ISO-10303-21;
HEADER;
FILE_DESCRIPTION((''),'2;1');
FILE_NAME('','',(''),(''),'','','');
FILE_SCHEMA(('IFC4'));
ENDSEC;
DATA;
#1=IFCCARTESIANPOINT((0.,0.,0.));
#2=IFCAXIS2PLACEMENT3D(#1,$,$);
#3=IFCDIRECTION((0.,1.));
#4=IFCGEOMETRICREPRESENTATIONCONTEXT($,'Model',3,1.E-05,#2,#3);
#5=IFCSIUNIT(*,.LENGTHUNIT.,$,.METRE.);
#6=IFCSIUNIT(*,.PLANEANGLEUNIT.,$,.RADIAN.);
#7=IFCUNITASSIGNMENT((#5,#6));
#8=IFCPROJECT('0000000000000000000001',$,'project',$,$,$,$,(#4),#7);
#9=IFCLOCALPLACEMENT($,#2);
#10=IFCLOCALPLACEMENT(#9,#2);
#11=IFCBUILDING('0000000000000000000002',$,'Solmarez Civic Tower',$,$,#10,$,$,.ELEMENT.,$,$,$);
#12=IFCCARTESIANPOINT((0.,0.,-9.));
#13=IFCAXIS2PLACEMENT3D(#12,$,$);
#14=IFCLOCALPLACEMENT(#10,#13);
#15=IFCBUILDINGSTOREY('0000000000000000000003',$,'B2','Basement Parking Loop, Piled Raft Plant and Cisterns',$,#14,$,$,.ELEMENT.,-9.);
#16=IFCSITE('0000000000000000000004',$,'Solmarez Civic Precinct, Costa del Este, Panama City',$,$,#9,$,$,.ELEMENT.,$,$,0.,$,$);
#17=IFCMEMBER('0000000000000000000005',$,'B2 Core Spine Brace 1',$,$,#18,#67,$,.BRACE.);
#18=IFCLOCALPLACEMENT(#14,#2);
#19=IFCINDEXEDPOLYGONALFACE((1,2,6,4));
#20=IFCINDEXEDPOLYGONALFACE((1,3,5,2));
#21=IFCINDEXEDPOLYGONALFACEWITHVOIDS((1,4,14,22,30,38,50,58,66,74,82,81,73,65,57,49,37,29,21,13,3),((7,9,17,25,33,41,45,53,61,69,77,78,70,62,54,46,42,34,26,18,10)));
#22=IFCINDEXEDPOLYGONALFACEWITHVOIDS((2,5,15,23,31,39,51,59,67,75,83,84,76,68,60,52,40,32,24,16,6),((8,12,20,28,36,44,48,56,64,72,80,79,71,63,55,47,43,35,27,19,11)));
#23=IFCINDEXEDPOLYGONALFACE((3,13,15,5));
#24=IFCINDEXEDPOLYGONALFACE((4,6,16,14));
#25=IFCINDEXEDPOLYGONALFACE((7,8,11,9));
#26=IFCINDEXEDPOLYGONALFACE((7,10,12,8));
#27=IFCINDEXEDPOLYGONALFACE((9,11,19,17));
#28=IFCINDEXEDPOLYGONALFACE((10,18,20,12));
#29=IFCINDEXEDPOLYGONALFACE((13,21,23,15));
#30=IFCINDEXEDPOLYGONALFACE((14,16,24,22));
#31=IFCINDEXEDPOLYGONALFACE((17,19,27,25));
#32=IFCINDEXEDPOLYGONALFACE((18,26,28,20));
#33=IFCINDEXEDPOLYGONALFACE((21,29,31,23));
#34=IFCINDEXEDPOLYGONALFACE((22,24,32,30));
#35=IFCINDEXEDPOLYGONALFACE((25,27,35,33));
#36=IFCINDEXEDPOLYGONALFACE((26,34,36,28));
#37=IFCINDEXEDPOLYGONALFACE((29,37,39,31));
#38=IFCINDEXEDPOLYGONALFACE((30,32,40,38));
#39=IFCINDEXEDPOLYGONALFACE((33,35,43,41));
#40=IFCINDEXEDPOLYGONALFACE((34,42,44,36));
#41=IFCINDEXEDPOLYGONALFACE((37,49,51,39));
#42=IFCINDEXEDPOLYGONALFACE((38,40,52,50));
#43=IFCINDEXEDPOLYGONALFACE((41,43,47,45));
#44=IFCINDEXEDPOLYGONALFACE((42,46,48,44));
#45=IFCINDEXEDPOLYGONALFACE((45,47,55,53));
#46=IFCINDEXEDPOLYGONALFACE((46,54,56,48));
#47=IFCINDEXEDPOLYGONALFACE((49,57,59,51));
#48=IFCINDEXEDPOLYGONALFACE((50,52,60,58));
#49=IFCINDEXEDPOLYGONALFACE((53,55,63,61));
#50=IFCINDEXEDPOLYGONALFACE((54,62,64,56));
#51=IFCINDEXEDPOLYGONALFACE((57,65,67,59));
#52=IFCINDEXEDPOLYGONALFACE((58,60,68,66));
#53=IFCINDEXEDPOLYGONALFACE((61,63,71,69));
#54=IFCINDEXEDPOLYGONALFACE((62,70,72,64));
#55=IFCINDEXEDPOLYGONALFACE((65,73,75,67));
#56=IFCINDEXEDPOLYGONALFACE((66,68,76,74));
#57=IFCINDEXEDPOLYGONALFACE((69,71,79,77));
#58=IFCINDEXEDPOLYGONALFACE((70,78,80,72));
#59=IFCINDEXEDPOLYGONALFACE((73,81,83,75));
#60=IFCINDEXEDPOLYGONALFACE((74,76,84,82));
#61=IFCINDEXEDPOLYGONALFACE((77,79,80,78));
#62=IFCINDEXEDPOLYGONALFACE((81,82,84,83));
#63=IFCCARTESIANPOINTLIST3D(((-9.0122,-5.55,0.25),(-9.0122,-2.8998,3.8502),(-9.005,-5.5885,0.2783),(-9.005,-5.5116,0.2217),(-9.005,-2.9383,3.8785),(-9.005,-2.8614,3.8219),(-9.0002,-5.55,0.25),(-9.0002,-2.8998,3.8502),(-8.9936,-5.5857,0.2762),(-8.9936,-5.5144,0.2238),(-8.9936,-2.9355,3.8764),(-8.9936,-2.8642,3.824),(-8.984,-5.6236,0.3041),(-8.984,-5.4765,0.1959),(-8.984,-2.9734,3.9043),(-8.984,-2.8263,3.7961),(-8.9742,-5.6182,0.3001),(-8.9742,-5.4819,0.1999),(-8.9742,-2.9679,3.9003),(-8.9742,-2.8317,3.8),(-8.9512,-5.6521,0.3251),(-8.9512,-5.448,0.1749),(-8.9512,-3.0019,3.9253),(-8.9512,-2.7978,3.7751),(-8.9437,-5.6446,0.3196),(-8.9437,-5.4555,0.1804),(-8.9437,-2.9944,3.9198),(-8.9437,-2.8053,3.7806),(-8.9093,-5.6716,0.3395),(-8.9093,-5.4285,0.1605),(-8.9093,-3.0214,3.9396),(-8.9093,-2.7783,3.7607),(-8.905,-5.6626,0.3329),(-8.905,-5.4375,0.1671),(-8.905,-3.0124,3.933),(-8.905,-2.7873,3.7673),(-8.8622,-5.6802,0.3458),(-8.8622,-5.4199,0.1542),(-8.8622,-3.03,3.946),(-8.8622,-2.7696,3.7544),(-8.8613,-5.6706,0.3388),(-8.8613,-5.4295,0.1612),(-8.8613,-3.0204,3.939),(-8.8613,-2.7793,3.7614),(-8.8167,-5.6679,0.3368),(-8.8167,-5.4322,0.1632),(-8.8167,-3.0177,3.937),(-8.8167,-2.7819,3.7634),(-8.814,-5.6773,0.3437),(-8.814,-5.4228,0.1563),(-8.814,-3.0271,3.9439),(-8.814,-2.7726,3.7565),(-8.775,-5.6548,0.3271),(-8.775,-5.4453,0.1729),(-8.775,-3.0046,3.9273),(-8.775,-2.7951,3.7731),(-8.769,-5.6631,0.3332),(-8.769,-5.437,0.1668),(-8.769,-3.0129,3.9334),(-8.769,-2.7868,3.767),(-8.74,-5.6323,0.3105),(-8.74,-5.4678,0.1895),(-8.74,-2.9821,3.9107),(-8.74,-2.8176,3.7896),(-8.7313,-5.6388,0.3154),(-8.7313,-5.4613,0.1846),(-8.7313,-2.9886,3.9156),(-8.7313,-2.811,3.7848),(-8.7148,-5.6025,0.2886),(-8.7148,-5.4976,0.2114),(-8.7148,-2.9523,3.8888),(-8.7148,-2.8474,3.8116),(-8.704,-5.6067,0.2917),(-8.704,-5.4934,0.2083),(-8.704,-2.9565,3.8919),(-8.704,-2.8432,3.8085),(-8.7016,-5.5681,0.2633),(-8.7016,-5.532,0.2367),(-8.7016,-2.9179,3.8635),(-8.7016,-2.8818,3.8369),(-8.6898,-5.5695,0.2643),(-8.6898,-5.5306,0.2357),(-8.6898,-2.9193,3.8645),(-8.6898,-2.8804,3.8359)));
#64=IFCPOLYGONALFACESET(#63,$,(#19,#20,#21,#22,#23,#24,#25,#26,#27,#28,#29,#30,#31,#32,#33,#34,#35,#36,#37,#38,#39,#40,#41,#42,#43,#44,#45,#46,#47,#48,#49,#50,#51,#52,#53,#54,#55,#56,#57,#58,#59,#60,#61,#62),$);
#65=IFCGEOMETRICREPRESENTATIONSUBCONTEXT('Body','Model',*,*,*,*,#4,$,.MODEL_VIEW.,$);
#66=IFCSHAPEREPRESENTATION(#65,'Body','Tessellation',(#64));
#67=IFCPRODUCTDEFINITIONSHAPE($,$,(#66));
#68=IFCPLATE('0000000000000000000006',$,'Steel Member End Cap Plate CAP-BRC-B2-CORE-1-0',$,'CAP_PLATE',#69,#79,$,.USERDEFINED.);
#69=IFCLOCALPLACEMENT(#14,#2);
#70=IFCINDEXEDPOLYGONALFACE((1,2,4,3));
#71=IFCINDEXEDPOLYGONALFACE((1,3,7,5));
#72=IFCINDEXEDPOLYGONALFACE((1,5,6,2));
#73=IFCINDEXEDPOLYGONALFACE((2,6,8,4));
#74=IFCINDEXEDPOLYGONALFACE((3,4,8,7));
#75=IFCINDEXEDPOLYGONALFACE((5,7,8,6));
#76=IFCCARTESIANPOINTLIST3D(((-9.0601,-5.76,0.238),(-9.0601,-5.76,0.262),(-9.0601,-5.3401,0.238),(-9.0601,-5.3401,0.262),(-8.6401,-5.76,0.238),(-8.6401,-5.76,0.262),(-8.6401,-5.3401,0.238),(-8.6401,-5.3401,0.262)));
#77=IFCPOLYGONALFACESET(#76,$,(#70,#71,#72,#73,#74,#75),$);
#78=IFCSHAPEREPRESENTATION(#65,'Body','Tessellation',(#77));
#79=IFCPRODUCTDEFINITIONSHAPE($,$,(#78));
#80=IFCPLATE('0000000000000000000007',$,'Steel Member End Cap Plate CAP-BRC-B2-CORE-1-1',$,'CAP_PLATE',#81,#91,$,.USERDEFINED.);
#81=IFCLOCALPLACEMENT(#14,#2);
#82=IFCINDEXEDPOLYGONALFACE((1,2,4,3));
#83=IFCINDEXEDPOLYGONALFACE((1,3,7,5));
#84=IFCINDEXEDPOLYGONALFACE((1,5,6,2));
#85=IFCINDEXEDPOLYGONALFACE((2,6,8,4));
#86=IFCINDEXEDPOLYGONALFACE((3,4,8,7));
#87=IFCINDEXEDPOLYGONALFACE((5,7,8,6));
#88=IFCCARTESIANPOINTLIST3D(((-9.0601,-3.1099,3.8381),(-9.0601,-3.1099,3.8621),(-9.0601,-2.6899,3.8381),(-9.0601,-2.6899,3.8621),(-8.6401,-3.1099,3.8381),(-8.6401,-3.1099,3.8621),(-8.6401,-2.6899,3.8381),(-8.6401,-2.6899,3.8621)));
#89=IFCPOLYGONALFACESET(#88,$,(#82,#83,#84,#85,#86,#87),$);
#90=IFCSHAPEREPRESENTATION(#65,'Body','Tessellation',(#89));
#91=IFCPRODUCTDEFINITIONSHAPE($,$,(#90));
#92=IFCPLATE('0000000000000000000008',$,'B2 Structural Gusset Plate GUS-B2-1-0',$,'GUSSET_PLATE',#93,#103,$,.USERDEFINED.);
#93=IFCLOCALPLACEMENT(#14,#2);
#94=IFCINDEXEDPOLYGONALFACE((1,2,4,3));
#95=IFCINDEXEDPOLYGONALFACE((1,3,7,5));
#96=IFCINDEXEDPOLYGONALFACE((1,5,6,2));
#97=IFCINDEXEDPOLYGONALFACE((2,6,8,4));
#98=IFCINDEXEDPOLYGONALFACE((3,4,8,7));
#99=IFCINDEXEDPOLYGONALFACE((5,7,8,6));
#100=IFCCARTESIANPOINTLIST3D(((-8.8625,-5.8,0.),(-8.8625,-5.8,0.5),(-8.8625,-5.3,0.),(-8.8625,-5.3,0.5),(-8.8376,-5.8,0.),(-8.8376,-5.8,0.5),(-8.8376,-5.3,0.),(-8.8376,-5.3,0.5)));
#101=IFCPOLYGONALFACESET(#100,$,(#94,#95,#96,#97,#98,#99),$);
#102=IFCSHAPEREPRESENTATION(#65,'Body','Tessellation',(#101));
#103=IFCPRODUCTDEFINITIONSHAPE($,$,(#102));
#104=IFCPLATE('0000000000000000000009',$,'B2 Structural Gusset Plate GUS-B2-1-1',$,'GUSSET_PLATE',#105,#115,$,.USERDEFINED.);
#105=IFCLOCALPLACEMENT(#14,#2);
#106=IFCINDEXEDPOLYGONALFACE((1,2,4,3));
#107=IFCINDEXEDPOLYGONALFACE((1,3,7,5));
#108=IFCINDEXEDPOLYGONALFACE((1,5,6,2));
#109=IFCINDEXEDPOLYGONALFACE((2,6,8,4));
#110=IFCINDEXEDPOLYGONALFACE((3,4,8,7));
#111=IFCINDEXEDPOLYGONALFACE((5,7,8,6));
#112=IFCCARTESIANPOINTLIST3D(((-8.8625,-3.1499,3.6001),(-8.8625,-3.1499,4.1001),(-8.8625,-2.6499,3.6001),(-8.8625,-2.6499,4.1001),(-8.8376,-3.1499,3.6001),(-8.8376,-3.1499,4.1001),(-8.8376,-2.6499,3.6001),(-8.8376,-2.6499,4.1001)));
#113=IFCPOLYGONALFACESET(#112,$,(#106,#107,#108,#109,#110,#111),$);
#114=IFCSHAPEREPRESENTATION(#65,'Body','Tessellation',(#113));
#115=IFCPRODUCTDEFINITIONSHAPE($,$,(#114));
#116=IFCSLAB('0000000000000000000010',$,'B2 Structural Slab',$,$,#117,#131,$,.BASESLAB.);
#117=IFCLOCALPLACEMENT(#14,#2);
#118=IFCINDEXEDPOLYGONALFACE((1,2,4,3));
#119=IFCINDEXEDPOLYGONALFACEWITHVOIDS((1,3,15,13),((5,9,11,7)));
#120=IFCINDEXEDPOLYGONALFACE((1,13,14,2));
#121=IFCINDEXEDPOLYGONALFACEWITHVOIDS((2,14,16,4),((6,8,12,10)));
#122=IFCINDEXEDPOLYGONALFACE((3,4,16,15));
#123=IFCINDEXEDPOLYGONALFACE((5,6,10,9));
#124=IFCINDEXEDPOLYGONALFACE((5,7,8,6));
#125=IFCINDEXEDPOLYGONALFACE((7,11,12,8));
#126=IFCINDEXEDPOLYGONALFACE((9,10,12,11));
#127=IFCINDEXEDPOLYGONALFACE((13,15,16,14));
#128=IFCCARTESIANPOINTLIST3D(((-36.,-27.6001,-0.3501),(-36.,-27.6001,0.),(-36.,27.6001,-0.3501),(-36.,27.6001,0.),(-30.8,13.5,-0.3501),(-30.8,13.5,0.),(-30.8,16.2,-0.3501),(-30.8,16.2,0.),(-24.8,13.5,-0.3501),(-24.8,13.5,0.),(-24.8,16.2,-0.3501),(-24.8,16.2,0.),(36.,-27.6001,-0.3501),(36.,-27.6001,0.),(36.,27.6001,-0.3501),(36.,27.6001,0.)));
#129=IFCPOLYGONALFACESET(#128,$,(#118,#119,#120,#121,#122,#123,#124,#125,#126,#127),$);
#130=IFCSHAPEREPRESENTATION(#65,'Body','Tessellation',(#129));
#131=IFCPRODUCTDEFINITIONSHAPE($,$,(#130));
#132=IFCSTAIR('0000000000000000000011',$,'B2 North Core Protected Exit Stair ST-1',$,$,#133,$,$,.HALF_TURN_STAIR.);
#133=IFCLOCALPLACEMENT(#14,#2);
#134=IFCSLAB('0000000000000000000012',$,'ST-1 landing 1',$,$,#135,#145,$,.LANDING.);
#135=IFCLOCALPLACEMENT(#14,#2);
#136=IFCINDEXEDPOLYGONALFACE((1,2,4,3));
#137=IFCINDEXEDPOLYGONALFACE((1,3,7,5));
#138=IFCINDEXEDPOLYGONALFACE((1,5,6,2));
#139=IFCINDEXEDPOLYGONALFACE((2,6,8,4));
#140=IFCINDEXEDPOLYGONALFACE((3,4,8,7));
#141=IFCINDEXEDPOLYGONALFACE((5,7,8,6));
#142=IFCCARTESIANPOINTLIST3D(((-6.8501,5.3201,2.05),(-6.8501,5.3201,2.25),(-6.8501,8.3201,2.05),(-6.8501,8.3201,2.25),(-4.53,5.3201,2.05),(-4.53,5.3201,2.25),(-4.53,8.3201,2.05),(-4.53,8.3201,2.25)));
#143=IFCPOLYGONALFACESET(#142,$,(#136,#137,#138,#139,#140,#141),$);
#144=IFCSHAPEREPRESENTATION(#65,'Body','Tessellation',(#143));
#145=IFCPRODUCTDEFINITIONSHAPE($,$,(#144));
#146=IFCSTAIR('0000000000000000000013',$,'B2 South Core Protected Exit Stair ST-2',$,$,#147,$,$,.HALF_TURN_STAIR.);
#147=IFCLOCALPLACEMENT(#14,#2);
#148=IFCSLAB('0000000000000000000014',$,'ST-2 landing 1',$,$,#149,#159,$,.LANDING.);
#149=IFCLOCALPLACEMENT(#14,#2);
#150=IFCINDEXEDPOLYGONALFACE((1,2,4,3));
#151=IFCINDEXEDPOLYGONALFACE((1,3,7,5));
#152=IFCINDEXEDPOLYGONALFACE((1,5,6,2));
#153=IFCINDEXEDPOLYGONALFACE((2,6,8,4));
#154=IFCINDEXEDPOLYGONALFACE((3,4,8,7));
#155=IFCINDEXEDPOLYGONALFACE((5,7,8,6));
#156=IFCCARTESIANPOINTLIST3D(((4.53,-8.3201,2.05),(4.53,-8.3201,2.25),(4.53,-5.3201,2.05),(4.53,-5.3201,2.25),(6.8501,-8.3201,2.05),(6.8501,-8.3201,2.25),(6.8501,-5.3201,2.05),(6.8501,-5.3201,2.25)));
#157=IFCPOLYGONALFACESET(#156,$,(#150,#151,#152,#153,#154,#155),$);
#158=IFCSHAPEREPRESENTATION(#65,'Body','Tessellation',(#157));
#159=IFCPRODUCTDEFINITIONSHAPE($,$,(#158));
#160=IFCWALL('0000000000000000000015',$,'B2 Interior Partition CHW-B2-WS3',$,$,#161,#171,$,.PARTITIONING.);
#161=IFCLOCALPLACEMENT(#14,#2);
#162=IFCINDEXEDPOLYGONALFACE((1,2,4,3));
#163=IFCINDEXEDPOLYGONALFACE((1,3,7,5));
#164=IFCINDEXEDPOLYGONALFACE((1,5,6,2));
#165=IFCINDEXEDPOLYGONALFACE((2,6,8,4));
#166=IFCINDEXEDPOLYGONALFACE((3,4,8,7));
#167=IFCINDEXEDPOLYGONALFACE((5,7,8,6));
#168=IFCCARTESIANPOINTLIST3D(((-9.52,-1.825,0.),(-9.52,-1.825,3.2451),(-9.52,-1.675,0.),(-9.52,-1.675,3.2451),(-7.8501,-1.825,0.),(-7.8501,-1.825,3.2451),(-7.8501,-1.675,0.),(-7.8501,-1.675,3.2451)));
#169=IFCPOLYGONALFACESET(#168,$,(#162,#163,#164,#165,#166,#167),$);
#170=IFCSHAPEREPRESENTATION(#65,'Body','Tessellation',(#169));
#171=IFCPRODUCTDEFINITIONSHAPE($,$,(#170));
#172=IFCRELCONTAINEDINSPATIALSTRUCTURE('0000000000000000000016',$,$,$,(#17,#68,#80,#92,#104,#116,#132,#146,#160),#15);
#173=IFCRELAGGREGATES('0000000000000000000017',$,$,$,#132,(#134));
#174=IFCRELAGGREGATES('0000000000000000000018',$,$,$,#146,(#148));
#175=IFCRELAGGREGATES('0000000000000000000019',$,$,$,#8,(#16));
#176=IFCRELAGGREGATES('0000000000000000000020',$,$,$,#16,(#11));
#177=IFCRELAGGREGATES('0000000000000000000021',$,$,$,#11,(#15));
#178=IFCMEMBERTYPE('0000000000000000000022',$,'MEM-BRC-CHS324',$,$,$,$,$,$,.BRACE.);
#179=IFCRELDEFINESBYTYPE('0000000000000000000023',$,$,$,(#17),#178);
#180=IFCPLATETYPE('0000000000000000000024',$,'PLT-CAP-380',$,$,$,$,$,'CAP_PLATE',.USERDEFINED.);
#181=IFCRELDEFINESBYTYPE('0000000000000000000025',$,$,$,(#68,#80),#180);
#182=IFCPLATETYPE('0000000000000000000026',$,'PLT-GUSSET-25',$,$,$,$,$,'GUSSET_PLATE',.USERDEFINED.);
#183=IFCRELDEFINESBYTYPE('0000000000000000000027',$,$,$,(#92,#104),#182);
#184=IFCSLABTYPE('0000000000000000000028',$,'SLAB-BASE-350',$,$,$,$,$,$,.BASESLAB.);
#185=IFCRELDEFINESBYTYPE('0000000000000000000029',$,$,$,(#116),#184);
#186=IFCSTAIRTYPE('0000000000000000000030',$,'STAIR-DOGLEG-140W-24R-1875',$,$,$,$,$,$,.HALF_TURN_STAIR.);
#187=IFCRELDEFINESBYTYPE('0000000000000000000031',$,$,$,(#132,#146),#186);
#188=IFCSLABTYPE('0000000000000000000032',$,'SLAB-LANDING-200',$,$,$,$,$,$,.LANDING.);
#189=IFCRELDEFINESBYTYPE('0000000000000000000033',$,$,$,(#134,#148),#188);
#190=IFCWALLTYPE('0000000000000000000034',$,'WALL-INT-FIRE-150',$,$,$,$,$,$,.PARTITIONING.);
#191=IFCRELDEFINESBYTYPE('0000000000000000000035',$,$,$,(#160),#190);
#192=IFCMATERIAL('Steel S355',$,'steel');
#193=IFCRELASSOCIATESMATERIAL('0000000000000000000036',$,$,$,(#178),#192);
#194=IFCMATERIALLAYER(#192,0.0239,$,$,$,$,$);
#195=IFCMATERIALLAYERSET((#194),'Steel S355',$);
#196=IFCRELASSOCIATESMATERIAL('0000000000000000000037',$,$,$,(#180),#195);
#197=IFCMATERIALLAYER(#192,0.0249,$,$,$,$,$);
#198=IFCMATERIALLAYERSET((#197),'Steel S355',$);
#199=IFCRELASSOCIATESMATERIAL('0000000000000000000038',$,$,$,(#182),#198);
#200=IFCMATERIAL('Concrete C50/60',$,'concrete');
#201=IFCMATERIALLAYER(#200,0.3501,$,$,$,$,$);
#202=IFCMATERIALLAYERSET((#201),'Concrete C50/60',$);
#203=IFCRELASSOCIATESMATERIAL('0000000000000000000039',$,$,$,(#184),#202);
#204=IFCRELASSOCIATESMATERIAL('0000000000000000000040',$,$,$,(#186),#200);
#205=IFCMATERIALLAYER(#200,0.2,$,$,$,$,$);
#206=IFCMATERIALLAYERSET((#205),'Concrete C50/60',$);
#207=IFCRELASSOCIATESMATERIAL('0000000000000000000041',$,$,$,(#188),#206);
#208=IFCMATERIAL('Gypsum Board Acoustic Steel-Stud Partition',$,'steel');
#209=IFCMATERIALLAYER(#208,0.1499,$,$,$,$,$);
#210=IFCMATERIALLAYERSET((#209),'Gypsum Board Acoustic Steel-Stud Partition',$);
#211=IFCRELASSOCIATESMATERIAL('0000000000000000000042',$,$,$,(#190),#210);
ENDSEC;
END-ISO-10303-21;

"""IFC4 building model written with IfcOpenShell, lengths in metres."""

from ifc_helpers import new_model, si_unit, direction, frame, frame_2d, origin, origin_2d, place, context, subcontext, project, spatial, polyline, rectangle, hollow_circle, outline, extrude, material, layer, layer_set, material_profile, profile_set, type_object, element, aggregate, save


model = new_model("IFC4")

# Units and contexts
model_context = context("Model", 3, precision=1e-05, world=origin(), true_north=direction((0.0, 1.0)))
body_context = subcontext(model_context, "Body", "Model", "MODEL_VIEW")
ifc_project = project(units=[si_unit("LENGTHUNIT", "METRE"), si_unit("PLANEANGLEUNIT", "RADIAN")], contexts=[model_context])

# Site, building, storey
site_placement = place(None, origin())
site = spatial("IfcSite", under=ifc_project, at=site_placement, Name="Solmarez Civic Precinct, Costa del Este, Panama City", CompositionType="ELEMENT", RefElevation=0.0)
building_placement = place(site_placement, origin())
building = spatial("IfcBuilding", under=site, at=building_placement, Name="Solmarez Civic Tower", CompositionType="ELEMENT")
storey_placement = place(building_placement, frame((0.0, 0.0, -9.0)))
storey = spatial("IfcBuildingStorey", under=building, at=storey_placement, Name="B2", Description="Basement Parking Loop, Piled Raft Plant and Cisterns", CompositionType="ELEMENT", Elevation=-9.0)

# Shared definitions
ifc_material_1 = material(Name="Concrete C50/60", Category="concrete")

# Shared definitions
ifc_material_2 = material(Name="Steel S355", Category="steel")

# Member
ifc_material_profile_1 = material_profile(ifc_material_2, hollow_circle(Radius=0.1621, WallThickness=0.012, at=origin_2d()), Name="CHS324X12")
ifc_profile_set_1 = profile_set([ifc_material_profile_1], Name="Steel S355")
member_type = type_object("IfcMemberType", Name="MEM-BRC-CHS324", PredefinedType="BRACE", material=ifc_profile_set_1)
member_placement = place(storey_placement, frame((-8.8501, -5.55, 0.25), z_axis=(0.0, 0.592828, 0.805329), x_axis=(-1.0, 0.0, 0.0)))
element("IfcMember", 1, at=member_placement, inside=storey, type_object=member_type, Name="B2 Core Spine Brace 1", PredefinedType="BRACE", context=body_context, shape_type="SweptSolid", body=[
    extrude(hollow_circle(Radius=0.1621, WallThickness=0.012, at=origin_2d()), origin(), (0.0, 0.0, 1.0), 4.4705),
])

# Plates
ifc_layer_1 = layer(ifc_material_2, 0.0239)
ifc_layer_set_1 = layer_set([ifc_layer_1], Name="Steel S355")
plate_type_1 = type_object("IfcPlateType", Name="PLT-CAP-380", ElementType="CAP_PLATE", PredefinedType="USERDEFINED", material=ifc_layer_set_1)
for number, where, z_axis, x_axis, name in (
    (2, (-8.8501, -5.55, 0.238), (0.0, 0.0, 1.0), (1.0, 0.0, 0.0), "Steel Member End Cap Plate CAP-BRC-B2-CORE-1-0"),
    (3, (-8.8501, -2.8999, 3.8381), (0.0, 0.0, 1.0), (1.0, 0.0, 0.0), "Steel Member End Cap Plate CAP-BRC-B2-CORE-1-1"),
):
    element("IfcPlate", number, at=place(storey_placement, frame(where, z_axis=z_axis, x_axis=x_axis)), inside=storey, type_object=plate_type_1, Name=name, ObjectType="CAP_PLATE", PredefinedType="USERDEFINED", context=body_context, shape_type="SweptSolid", body=[
        extrude(rectangle(XDim=0.4199, YDim=0.4199, at=origin_2d()), origin(), (0.0, 0.0, 1.0), 0.0239),
    ])
ifc_layer_2 = layer(ifc_material_2, 0.0249)
ifc_layer_set_2 = layer_set([ifc_layer_2], Name="Steel S355")
plate_type_2 = type_object("IfcPlateType", Name="PLT-GUSSET-25", ElementType="GUSSET_PLATE", PredefinedType="USERDEFINED", material=ifc_layer_set_2)
for number, where, z_axis, x_axis, name in (
    (4, (-8.8501, -5.55, 0.0), (0.0, 0.0, 1.0), (0.0, 1.0, 0.0), "B2 Structural Gusset Plate GUS-B2-1-0"),
    (5, (-8.8501, -2.8999, 3.6001), (0.0, 0.0, 1.0), (0.0, 1.0, 0.0), "B2 Structural Gusset Plate GUS-B2-1-1"),
):
    element("IfcPlate", number, at=place(storey_placement, frame(where, z_axis=z_axis, x_axis=x_axis)), inside=storey, type_object=plate_type_2, Name=name, ObjectType="GUSSET_PLATE", PredefinedType="USERDEFINED", context=body_context, shape_type="SweptSolid", body=[
        extrude(rectangle(XDim=0.5, YDim=0.0249, at=origin_2d()), origin(), (0.0, 0.0, 1.0), 0.5),
    ])

# Slab
ifc_layer_3 = layer(ifc_material_1, 0.3501)
ifc_layer_set_3 = layer_set([ifc_layer_3], Name="Concrete C50/60")
slab_type_1 = type_object("IfcSlabType", Name="SLAB-BASE-350", PredefinedType="BASESLAB", material=ifc_layer_set_3)
slab_1_placement = place(storey_placement, frame((0.0, 0.0, -0.3501)))
element("IfcSlab", 6, at=slab_1_placement, inside=storey, type_object=slab_type_1, Name="B2 Structural Slab", PredefinedType="BASESLAB", context=body_context, shape_type="SweptSolid", body=[
    extrude(outline(polyline([(36.0, -27.6001), (36.0, 27.6001), (-36.0, 27.6001), (-36.0, -27.6001), (36.0, -27.6001)]), holes=[polyline([(-30.8, 13.5), (-24.8, 13.5), (-24.8, 16.2), (-30.8, 16.2), (-30.8, 13.5)])]), origin(), (0.0, 0.0, 1.0), 0.3501),
])

# Stairs, slabs
stair_type = type_object("IfcStairType", Name="STAIR-DOGLEG-140W-24R-1875", PredefinedType="HALF_TURN_STAIR", material=ifc_material_1)
stair_1_placement = place(storey_placement, origin())
stair_1 = element("IfcStair", 7, at=stair_1_placement, inside=storey, type_object=stair_type, Name="B2 North Core Protected Exit Stair ST-1", PredefinedType="HALF_TURN_STAIR")
ifc_layer_4 = layer(ifc_material_1, 0.2)
ifc_layer_set_4 = layer_set([ifc_layer_4], Name="Concrete C50/60")
slab_type_2 = type_object("IfcSlabType", Name="SLAB-LANDING-200", PredefinedType="LANDING", material=ifc_layer_set_4)
slab_2_placement = place(storey_placement, frame((0.0, 0.0, 2.05)))
slab_2 = element("IfcSlab", 8, at=slab_2_placement, type_object=slab_type_2, Name="ST-1 landing 1", PredefinedType="LANDING", context=body_context, shape_type="SweptSolid", body=[
    extrude(outline(polyline([(-4.53, 8.3201), (-6.8501, 8.3201), (-6.8501, 5.3201), (-4.53, 5.3201), (-4.53, 8.3201)])), origin(), (0.0, 0.0, 1.0), 0.2),
])
aggregate(stair_1, [slab_2])
stair_2_placement = place(storey_placement, origin())
stair_2 = element("IfcStair", 9, at=stair_2_placement, inside=storey, type_object=stair_type, Name="B2 South Core Protected Exit Stair ST-2", PredefinedType="HALF_TURN_STAIR")
slab_3_placement = place(storey_placement, frame((0.0, 0.0, 2.05)))
slab_3 = element("IfcSlab", 10, at=slab_3_placement, type_object=slab_type_2, Name="ST-2 landing 1", PredefinedType="LANDING", context=body_context, shape_type="SweptSolid", body=[
    extrude(outline(polyline([(4.53, -8.3201), (6.8501, -8.3201), (6.8501, -5.3201), (4.53, -5.3201), (4.53, -8.3201)])), origin(), (0.0, 0.0, 1.0), 0.2),
])
aggregate(stair_2, [slab_3])

# Wall
ifc_material_3 = material(Name="Gypsum Board Acoustic Steel-Stud Partition", Category="steel")
ifc_layer_5 = layer(ifc_material_3, 0.1499)
ifc_layer_set_5 = layer_set([ifc_layer_5], Name="Gypsum Board Acoustic Steel-Stud Partition")
wall_type_1 = type_object("IfcWallType", Name="WALL-INT-FIRE-150", PredefinedType="PARTITIONING", material=ifc_layer_set_5)
wall_1_placement = place(storey_placement, frame((-7.8501, -1.75, 0.0), z_axis=(0.0, 0.0, 1.0), x_axis=(-1.0, 0.0, 0.0)))
element("IfcWall", 11, at=wall_1_placement, inside=storey, type_object=wall_type_1, Name="B2 Interior Partition CHW-B2-WS3", PredefinedType="PARTITIONING", context=body_context, shape_type="SweptSolid", body=[
    extrude(rectangle(XDim=1.6699, YDim=0.1499, at=frame_2d((0.835, 0.0))), origin(), (0.0, 0.0, 1.0), 3.2451),
])

save(model, "model.ifc")
